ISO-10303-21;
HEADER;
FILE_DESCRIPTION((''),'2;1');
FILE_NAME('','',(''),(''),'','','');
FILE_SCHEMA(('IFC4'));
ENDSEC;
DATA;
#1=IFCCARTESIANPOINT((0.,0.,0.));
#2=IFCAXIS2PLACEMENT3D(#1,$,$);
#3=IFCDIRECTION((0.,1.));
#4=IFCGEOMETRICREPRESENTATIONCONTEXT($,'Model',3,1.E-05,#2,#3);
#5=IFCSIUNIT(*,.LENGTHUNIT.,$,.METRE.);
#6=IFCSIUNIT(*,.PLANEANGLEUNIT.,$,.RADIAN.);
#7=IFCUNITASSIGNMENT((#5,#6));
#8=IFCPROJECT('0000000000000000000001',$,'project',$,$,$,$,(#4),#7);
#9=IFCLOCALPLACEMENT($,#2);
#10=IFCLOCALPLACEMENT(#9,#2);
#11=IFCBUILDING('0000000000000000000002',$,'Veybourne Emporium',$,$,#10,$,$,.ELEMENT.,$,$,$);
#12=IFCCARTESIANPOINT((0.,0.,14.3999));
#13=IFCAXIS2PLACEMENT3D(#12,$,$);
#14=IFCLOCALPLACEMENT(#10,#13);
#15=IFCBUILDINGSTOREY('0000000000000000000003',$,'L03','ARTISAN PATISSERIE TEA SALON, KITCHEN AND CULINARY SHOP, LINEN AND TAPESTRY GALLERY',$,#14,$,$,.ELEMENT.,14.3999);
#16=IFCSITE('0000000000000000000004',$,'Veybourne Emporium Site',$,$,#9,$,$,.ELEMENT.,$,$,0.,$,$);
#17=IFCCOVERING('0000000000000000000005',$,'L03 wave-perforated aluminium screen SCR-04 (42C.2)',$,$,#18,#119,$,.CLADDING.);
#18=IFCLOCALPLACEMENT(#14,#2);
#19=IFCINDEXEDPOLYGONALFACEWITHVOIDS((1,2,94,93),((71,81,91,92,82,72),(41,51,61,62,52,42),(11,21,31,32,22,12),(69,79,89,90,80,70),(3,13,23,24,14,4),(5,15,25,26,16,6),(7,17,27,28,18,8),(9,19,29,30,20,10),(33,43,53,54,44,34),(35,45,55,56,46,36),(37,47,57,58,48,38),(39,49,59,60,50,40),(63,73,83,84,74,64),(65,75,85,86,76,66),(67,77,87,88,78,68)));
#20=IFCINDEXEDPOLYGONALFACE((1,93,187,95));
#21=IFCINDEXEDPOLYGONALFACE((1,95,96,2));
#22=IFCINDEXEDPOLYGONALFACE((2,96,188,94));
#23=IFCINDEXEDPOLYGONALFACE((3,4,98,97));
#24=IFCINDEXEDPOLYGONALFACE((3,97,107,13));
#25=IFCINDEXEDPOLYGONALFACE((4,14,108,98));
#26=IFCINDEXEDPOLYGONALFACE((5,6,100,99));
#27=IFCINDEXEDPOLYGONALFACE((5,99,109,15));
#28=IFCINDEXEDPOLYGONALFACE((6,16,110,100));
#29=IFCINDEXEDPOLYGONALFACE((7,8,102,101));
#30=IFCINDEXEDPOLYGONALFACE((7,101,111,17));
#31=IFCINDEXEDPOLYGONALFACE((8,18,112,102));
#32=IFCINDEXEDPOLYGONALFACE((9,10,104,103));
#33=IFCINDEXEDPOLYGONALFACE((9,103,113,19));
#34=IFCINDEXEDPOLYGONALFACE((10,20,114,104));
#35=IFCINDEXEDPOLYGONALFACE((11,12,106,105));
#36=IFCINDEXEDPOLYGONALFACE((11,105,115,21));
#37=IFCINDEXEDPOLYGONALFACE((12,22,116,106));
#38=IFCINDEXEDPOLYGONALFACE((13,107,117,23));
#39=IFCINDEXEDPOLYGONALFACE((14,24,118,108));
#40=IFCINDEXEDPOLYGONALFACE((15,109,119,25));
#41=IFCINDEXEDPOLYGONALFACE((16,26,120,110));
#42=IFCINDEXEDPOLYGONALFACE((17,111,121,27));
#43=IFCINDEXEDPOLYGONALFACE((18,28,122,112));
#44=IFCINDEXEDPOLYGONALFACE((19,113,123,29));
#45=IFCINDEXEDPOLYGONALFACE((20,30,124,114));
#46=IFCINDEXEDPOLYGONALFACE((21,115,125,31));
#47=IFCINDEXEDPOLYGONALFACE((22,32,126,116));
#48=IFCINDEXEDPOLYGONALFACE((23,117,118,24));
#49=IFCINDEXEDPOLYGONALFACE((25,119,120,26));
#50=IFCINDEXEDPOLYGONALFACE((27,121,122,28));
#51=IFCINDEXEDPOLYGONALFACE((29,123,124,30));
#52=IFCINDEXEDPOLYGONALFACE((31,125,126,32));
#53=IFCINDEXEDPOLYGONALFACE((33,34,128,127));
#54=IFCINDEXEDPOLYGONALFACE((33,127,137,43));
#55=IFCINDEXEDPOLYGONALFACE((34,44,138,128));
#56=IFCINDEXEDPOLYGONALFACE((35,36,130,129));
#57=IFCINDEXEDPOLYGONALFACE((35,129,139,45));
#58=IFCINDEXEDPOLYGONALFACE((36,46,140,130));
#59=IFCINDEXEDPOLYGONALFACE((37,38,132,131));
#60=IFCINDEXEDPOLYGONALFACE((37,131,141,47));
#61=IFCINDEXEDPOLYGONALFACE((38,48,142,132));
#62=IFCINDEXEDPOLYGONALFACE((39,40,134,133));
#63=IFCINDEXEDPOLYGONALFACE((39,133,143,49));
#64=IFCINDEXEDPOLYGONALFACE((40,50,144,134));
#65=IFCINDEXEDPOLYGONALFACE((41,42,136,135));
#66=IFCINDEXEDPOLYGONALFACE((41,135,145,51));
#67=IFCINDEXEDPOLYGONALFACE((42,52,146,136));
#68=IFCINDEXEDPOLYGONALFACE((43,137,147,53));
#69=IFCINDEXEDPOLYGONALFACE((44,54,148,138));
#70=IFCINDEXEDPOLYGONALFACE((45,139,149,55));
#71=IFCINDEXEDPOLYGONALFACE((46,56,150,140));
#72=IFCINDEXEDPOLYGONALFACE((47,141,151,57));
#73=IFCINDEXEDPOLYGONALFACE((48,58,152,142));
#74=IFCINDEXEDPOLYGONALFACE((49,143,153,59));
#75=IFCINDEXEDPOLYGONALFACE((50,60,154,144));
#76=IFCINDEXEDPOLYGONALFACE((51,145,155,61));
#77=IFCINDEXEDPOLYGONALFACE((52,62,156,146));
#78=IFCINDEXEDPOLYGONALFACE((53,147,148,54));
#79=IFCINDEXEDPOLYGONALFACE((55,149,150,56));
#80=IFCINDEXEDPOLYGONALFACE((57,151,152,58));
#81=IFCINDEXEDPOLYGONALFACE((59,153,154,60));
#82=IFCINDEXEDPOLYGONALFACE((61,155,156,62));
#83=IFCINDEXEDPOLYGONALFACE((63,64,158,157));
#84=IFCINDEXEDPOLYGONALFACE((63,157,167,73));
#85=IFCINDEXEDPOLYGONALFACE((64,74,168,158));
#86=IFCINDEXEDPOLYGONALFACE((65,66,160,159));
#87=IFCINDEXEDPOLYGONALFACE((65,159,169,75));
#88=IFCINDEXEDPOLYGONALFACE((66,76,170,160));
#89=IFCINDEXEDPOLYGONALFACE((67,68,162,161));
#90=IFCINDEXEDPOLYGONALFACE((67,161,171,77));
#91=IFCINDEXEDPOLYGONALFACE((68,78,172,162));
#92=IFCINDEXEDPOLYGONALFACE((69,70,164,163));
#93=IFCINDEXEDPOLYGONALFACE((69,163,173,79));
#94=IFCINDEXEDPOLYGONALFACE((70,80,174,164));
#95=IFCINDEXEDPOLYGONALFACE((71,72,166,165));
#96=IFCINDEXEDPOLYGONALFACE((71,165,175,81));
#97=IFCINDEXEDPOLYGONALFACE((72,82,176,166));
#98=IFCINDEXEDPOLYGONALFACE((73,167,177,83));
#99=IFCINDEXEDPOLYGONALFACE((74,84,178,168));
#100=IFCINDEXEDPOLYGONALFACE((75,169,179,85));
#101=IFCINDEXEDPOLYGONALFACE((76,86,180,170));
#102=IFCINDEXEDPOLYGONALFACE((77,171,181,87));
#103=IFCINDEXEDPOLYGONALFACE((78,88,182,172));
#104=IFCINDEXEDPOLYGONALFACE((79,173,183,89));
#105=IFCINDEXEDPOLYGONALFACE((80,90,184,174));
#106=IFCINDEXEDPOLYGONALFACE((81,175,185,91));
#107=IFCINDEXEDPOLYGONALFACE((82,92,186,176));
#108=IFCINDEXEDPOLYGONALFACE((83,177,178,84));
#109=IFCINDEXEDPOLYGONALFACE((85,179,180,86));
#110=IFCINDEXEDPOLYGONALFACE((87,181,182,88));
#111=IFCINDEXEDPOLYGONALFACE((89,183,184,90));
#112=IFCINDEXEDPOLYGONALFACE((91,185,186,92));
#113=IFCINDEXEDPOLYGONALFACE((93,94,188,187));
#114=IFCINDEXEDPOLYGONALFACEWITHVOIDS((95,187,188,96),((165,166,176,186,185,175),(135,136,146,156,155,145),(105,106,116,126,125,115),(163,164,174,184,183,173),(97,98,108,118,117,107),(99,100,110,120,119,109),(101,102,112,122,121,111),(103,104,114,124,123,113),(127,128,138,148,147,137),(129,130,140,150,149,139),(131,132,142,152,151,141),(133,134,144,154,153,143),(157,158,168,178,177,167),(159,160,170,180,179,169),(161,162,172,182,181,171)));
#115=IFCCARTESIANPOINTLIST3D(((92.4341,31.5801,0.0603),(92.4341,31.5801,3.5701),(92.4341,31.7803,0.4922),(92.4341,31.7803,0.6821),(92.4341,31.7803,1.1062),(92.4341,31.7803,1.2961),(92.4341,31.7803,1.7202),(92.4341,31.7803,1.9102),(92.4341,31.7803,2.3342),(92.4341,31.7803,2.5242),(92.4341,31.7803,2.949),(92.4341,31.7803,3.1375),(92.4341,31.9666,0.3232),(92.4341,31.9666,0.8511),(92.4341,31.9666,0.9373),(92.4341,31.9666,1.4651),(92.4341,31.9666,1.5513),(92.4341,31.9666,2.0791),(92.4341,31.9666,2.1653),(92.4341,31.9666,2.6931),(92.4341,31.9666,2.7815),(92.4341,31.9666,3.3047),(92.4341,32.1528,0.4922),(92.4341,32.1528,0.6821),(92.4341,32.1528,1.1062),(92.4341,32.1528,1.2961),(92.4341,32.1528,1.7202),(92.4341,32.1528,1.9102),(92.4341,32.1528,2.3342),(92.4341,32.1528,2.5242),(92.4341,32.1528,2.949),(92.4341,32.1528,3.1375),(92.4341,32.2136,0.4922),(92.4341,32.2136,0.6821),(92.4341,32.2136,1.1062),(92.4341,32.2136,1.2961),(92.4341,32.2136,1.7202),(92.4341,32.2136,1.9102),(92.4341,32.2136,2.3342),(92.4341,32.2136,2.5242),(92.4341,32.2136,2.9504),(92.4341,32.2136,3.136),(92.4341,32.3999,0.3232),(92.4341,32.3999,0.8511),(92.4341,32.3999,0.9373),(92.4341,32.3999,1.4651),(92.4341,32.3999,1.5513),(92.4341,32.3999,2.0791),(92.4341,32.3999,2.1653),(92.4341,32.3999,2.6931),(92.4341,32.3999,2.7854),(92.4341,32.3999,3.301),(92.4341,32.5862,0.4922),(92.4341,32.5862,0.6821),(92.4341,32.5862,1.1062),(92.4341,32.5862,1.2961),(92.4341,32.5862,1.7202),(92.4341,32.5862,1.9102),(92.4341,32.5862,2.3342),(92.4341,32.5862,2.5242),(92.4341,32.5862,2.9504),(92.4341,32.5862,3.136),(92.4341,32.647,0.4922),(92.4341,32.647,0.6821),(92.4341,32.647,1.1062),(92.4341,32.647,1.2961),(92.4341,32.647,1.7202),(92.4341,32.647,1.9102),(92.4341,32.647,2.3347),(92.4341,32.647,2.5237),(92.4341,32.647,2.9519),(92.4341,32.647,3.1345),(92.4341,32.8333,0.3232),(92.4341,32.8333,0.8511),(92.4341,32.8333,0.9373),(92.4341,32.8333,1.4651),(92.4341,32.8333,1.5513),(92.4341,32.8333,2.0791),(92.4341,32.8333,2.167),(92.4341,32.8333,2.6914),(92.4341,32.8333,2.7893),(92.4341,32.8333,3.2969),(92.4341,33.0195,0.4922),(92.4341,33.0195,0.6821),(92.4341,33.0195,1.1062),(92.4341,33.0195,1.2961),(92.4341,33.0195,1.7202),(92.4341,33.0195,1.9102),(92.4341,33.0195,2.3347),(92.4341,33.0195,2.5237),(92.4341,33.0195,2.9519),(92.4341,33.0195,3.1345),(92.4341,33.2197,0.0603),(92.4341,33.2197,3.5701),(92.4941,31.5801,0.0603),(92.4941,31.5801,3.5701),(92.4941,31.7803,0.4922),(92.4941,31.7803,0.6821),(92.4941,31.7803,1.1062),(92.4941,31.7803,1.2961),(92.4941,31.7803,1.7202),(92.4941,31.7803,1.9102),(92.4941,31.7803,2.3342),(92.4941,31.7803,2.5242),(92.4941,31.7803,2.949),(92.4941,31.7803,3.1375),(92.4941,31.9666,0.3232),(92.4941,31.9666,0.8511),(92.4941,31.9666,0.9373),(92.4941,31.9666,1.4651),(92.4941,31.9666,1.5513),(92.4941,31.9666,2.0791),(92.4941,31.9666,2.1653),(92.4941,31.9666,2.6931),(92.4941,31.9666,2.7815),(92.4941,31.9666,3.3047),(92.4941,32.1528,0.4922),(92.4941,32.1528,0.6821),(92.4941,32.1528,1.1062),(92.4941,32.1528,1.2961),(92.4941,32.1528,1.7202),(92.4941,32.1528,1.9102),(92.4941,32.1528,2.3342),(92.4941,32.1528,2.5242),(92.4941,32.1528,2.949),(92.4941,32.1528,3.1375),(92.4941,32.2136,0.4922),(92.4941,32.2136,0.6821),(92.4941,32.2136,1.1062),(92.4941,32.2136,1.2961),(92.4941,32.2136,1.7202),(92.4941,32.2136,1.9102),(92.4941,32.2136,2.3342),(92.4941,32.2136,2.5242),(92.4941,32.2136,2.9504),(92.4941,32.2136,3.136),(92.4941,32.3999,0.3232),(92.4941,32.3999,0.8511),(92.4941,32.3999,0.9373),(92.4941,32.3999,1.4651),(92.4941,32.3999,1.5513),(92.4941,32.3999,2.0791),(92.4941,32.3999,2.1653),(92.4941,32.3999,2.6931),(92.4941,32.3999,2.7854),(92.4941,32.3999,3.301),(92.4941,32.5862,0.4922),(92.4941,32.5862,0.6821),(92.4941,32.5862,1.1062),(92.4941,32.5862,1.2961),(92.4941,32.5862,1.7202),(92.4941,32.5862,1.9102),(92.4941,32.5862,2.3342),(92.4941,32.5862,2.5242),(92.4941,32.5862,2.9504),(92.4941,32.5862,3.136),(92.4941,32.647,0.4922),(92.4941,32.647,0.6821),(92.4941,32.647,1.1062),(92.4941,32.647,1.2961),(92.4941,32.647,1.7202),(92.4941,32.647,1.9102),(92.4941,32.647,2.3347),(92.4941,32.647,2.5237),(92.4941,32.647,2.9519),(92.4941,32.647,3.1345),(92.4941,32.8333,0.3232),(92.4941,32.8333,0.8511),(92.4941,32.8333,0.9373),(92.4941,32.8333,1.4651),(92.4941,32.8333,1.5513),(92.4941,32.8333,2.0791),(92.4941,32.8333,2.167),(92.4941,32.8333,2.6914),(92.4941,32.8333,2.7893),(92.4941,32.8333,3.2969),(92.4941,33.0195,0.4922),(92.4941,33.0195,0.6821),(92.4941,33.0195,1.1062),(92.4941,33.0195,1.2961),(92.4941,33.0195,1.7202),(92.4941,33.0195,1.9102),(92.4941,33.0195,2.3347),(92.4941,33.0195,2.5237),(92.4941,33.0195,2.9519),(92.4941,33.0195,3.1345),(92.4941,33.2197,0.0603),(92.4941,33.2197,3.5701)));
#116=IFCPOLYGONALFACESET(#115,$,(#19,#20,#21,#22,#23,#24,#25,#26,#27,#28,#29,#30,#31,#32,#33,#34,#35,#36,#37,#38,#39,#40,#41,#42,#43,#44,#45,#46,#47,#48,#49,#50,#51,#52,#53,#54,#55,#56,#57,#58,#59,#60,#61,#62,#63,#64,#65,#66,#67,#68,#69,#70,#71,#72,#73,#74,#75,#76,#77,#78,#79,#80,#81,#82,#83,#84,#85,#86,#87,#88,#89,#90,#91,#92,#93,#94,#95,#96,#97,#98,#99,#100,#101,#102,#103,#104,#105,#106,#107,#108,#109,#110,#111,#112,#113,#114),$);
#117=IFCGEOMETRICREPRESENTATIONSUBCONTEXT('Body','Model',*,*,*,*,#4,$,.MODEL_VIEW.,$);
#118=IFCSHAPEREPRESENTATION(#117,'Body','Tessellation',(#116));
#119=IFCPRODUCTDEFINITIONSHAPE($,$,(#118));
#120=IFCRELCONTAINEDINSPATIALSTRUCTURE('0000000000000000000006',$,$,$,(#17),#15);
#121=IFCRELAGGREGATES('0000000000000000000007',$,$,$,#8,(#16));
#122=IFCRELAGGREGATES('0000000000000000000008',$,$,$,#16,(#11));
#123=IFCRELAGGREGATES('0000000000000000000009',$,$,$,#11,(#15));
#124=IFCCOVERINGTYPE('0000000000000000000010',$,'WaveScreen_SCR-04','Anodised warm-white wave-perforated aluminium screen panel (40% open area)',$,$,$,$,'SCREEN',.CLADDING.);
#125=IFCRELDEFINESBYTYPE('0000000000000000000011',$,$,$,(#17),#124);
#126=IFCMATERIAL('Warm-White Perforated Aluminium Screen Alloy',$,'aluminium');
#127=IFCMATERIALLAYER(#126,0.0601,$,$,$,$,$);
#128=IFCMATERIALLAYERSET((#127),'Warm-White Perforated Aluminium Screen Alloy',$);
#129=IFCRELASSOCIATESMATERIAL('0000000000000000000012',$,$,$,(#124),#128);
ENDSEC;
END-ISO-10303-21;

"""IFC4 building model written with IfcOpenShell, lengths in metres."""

from ifc_helpers import new_model, si_unit, direction, frame, origin, place, context, subcontext, project, spatial, polyline, outline, extrude, material, layer, layer_set, type_object, element, save


model = new_model("IFC4")

# Units and contexts
model_context = context("Model", 3, precision=1e-05, world=origin(), true_north=direction((0.0, 1.0)))
body_context = subcontext(model_context, "Body", "Model", "MODEL_VIEW")
ifc_project = project(units=[si_unit("LENGTHUNIT", "METRE"), si_unit("PLANEANGLEUNIT", "RADIAN")], contexts=[model_context])

# Site, building, storey
site_placement = place(None, origin())
site = spatial("IfcSite", under=ifc_project, at=site_placement, Name="Veybourne Emporium Site", CompositionType="ELEMENT", RefElevation=0.0)
building_placement = place(site_placement, origin())
building = spatial("IfcBuilding", under=site, at=building_placement, Name="Veybourne Emporium", CompositionType="ELEMENT")
storey_placement = place(building_placement, frame((0.0, 0.0, 14.3999)))
storey = spatial("IfcBuildingStorey", under=building, at=storey_placement, Name="L03", Description="ARTISAN PATISSERIE TEA SALON, KITCHEN AND CULINARY SHOP, LINEN AND TAPESTRY GALLERY", CompositionType="ELEMENT", Elevation=14.3999)

# Covering
ifc_material_1 = material(Name="Warm-White Perforated Aluminium Screen Alloy", Category="aluminium")
ifc_layer_1 = layer(ifc_material_1, 0.0601)
ifc_layer_set_1 = layer_set([ifc_layer_1], Name="Warm-White Perforated Aluminium Screen Alloy")
covering_type_1 = type_object("IfcCoveringType", Name="WaveScreen_SCR-04", Description="Anodised warm-white wave-perforated aluminium screen panel (40% open area)", ElementType="SCREEN", PredefinedType="CLADDING", material=ifc_layer_set_1)
covering_1_placement = place(storey_placement, frame((92.4941, 32.3999, 1.8152), z_axis=(-1.0, 0.0, 0.0), x_axis=(0.0, -1.0, 0.0)))
element("IfcCovering", 1, at=covering_1_placement, inside=storey, type_object=covering_type_1, Name="L03 wave-perforated aluminium screen SCR-04 (42C.2)", PredefinedType="CLADDING", context=body_context, shape_type="SweptSolid", body=[
    extrude(outline(polyline([(-0.8198, -1.7549), (0.8198, -1.7549), (0.8198, 1.7549), (-0.8198, 1.7549), (-0.8198, -1.7549)]), holes=[polyline([(-0.4333, -0.9641), (-0.2471, -1.1331), (-0.2471, -1.323), (-0.4333, -1.4919), (-0.6196, -1.323), (-0.6196, -1.1331), (-0.4333, -0.9641)]), polyline([(-0.4333, -0.3501), (-0.2471, -0.519), (-0.2471, -0.709), (-0.4333, -0.8779), (-0.6196, -0.709), (-0.6196, -0.519), (-0.4333, -0.3501)]), polyline([(-0.4333, 0.2639), (-0.2471, 0.095), (-0.2471, -0.095), (-0.4333, -0.2639), (-0.6196, -0.095), (-0.6196, 0.095), (-0.4333, 0.2639)]), polyline([(-0.4333, 0.8762), (-0.2471, 0.7085), (-0.2471, 0.5195), (-0.4333, 0.3518), (-0.6196, 0.5195), (-0.6196, 0.7085), (-0.4333, 0.8762)]), polyline([(-0.4333, 1.4817), (-0.2471, 1.3193), (-0.2471, 1.1367), (-0.4333, 0.9741), (-0.6196, 1.1367), (-0.6196, 1.3193), (-0.4333, 1.4817)]), polyline([(0.0, -0.9641), (0.1863, -1.1331), (0.1863, -1.323), (0.0, -1.4919), (-0.1863, -1.323), (-0.1863, -1.1331), (0.0, -0.9641)]), polyline([(0.0, -0.3501), (0.1863, -0.519), (0.1863, -0.709), (0.0, -0.8779), (-0.1863, -0.709), (-0.1863, -0.519), (0.0, -0.3501)]), polyline([(0.0, 0.2639), (0.1863, 0.095), (0.1863, -0.095), (0.0, -0.2639), (-0.1863, -0.095), (-0.1863, 0.095), (0.0, 0.2639)]), polyline([(0.0, 0.8779), (0.1863, 0.709), (0.1863, 0.519), (0.0, 0.3501), (-0.1863, 0.519), (-0.1863, 0.709), (0.0, 0.8779)]), polyline([(0.0, 1.4858), (0.1863, 1.3208), (0.1863, 1.1353), (0.0, 0.9702), (-0.1863, 1.1353), (-0.1863, 1.3208), (0.0, 1.4858)]), polyline([(0.4333, -0.9641), (0.6196, -1.1331), (0.6196, -1.323), (0.4333, -1.4919), (0.2471, -1.323), (0.2471, -1.1331), (0.4333, -0.9641)]), polyline([(0.4333, -0.3501), (0.6196, -0.519), (0.6196, -0.709), (0.4333, -0.8779), (0.2471, -0.709), (0.2471, -0.519), (0.4333, -0.3501)]), polyline([(0.4333, 0.2639), (0.6196, 0.095), (0.6196, -0.095), (0.4333, -0.2639), (0.2471, -0.095), (0.2471, 0.095), (0.4333, 0.2639)]), polyline([(0.4333, 0.8779), (0.6196, 0.709), (0.6196, 0.519), (0.4333, 0.3501), (0.2471, 0.519), (0.2471, 0.709), (0.4333, 0.8779)]), polyline([(0.4333, 1.4895), (0.6196, 1.3223), (0.6196, 1.1338), (0.4333, 0.9663), (0.2471, 1.1338), (0.2471, 1.3223), (0.4333, 1.4895)])]), origin(), (0.0, 0.0, 1.0), 0.0601),
])

save(model, "model.ifc")
